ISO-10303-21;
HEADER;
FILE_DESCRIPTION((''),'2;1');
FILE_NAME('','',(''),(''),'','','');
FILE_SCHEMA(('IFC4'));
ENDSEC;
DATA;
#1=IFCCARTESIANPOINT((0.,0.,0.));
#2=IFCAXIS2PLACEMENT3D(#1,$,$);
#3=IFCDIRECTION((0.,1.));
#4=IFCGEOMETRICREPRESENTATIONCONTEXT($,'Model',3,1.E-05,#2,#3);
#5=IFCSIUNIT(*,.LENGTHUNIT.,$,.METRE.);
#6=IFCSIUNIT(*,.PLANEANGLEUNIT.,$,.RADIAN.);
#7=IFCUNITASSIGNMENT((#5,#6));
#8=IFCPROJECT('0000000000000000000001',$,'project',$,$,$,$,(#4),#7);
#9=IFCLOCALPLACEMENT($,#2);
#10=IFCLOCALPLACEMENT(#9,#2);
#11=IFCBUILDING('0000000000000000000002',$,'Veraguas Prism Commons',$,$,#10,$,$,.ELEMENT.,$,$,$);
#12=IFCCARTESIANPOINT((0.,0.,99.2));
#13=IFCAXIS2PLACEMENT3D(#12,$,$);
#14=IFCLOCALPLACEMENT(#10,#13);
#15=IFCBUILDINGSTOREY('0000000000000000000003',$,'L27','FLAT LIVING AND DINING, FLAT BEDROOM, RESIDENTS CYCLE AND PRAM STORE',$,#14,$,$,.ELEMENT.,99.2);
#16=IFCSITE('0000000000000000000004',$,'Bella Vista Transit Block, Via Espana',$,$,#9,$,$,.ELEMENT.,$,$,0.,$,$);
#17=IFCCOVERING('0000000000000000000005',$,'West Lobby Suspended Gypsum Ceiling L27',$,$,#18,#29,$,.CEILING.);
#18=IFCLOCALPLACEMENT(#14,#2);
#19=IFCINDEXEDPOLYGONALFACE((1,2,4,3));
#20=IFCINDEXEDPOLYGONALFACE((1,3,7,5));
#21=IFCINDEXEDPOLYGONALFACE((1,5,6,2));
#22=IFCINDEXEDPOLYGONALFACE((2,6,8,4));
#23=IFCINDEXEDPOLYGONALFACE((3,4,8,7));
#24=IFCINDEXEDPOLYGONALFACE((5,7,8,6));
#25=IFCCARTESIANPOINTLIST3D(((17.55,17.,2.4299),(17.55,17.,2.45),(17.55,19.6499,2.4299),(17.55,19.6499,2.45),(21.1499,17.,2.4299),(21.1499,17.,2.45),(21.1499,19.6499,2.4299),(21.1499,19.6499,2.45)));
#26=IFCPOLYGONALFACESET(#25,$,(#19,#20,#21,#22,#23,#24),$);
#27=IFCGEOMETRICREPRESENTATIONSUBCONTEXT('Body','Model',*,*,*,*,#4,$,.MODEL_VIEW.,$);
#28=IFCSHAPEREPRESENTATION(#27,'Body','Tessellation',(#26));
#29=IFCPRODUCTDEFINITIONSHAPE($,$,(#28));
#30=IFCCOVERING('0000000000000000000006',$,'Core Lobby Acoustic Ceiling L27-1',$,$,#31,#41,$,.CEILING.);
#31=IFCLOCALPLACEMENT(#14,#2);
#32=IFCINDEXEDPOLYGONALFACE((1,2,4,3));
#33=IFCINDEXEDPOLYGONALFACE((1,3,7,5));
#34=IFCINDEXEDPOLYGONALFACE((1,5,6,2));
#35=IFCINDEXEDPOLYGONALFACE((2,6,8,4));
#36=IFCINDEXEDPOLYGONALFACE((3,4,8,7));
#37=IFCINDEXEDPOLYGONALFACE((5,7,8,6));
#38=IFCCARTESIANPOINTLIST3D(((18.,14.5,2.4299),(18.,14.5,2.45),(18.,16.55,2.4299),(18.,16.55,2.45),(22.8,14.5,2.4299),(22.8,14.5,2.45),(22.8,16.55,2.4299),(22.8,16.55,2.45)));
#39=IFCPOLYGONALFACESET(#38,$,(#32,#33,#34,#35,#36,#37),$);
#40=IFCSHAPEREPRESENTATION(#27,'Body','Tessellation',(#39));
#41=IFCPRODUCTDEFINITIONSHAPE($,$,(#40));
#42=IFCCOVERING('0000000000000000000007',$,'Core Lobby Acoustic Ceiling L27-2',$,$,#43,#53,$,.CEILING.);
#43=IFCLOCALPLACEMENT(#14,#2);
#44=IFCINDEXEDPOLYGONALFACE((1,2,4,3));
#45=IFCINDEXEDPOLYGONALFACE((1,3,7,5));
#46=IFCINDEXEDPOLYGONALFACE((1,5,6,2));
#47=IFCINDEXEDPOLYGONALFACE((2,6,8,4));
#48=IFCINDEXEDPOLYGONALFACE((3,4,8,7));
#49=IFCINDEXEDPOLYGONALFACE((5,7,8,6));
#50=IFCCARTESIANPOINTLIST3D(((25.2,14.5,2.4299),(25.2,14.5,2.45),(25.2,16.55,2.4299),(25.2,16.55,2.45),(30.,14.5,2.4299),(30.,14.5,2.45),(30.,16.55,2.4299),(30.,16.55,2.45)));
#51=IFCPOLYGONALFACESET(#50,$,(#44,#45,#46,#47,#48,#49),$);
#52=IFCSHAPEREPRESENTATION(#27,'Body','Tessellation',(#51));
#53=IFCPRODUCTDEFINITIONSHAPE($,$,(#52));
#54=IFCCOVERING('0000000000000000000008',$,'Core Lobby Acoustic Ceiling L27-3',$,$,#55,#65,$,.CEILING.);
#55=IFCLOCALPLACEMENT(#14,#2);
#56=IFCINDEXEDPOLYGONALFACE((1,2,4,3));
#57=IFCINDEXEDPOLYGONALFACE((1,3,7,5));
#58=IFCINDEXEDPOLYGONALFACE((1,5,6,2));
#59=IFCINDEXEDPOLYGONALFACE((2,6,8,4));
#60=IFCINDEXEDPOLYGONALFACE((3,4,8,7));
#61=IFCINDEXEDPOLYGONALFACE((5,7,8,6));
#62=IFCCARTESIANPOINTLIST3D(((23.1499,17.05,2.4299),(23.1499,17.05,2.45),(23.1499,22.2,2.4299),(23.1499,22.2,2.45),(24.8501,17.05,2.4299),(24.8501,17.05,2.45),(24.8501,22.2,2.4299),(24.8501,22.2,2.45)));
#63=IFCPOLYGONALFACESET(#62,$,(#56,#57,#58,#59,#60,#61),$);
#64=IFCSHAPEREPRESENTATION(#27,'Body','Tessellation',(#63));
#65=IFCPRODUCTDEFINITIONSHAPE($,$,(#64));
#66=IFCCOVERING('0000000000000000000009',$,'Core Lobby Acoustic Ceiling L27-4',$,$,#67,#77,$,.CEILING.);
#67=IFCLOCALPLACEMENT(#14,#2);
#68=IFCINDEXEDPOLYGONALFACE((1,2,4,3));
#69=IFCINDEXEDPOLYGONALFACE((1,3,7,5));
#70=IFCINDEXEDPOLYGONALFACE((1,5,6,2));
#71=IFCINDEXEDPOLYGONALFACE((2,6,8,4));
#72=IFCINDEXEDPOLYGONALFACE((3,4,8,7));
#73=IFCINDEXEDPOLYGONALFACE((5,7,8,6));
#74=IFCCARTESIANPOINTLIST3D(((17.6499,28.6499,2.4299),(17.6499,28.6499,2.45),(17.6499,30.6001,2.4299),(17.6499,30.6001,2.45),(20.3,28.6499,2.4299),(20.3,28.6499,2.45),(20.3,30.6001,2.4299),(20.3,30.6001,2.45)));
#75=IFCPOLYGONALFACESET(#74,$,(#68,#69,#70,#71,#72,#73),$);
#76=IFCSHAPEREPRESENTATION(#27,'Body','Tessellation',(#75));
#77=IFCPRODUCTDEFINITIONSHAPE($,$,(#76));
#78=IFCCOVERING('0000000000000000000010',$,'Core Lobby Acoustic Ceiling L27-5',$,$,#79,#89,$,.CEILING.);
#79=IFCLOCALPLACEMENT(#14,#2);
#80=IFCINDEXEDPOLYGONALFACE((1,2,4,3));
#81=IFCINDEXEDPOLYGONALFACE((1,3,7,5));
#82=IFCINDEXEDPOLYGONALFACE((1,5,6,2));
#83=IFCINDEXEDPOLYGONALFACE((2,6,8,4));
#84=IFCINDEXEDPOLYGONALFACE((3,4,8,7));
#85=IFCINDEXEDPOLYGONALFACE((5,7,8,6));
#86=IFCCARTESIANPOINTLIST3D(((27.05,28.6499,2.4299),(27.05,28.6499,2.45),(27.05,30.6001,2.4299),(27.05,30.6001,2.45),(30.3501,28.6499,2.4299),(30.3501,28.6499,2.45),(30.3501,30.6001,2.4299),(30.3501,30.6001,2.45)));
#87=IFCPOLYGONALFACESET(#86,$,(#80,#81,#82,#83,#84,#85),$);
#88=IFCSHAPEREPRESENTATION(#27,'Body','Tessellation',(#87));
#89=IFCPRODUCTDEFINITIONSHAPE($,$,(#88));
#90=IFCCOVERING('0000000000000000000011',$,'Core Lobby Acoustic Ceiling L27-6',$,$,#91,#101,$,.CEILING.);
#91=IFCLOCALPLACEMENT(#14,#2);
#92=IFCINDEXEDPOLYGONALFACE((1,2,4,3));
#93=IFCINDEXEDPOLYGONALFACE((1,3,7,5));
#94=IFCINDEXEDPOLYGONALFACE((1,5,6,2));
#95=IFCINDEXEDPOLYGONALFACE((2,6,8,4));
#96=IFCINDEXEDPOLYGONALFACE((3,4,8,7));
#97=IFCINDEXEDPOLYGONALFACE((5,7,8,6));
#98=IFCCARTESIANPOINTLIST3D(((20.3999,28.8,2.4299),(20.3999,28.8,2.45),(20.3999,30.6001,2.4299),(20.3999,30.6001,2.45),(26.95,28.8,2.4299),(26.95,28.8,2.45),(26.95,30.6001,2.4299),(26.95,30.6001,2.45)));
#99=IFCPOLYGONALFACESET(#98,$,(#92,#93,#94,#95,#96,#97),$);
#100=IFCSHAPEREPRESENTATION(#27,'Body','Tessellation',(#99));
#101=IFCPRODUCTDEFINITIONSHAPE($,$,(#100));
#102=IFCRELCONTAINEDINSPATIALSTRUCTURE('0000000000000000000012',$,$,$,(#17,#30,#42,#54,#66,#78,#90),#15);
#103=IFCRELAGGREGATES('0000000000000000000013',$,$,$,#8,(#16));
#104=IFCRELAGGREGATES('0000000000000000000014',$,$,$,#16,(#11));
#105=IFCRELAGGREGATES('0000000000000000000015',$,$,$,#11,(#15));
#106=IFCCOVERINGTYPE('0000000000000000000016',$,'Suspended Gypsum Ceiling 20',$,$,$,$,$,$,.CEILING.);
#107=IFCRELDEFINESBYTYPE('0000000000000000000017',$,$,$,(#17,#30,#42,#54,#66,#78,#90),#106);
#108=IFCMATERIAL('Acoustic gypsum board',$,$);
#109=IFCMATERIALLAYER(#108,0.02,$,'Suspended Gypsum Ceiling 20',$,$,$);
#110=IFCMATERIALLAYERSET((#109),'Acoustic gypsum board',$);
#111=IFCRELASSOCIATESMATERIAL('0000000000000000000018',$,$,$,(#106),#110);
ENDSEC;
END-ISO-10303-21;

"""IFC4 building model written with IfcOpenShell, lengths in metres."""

from ifc_helpers import new_model, si_unit, direction, frame, origin, place, context, subcontext, project, spatial, polyline, outline, extrude, material, layer, layer_set, type_object, element, save


model = new_model("IFC4")

# Units and contexts
model_context = context("Model", 3, precision=1e-05, world=origin(), true_north=direction((0.0, 1.0)))
body_context = subcontext(model_context, "Body", "Model", "MODEL_VIEW")
ifc_project = project(units=[si_unit("LENGTHUNIT", "METRE"), si_unit("PLANEANGLEUNIT", "RADIAN")], contexts=[model_context])

# Site, building, storey
site_placement = place(None, origin())
site = spatial("IfcSite", under=ifc_project, at=site_placement, Name="Bella Vista Transit Block, Via Espana", CompositionType="ELEMENT", RefElevation=0.0)
building_placement = place(site_placement, origin())
building = spatial("IfcBuilding", under=site, at=building_placement, Name="Veraguas Prism Commons", CompositionType="ELEMENT")
storey_placement = place(building_placement, frame((0.0, 0.0, 99.2)))
storey = spatial("IfcBuildingStorey", under=building, at=storey_placement, Name="L27", Description="FLAT LIVING AND DINING, FLAT BEDROOM, RESIDENTS CYCLE AND PRAM STORE", CompositionType="ELEMENT", Elevation=99.2)

# Coverings
ifc_material_1 = material(Name="Acoustic gypsum board")
ifc_layer_1 = layer(ifc_material_1, 0.02, Name="Suspended Gypsum Ceiling 20")
ifc_layer_set_1 = layer_set([ifc_layer_1], Name="Acoustic gypsum board")
covering_type_1 = type_object("IfcCoveringType", Name="Suspended Gypsum Ceiling 20", PredefinedType="CEILING", material=ifc_layer_set_1)
covering_1_placement = place(storey_placement, frame((0.0, 0.0, 2.4299)))
element("IfcCovering", 1, at=covering_1_placement, inside=storey, type_object=covering_type_1, Name="West Lobby Suspended Gypsum Ceiling L27", PredefinedType="CEILING", context=body_context, shape_type="SweptSolid", body=[
    extrude(outline(polyline([(17.55, 17.0), (21.1499, 17.0), (21.1499, 19.6499), (17.55, 19.6499), (17.55, 17.0)])), origin(), (0.0, 0.0, 1.0), 0.02),
])
covering_2_placement = place(storey_placement, frame((0.0, 0.0, 2.4299)))
element("IfcCovering", 2, at=covering_2_placement, inside=storey, type_object=covering_type_1, Name="Core Lobby Acoustic Ceiling L27-1", PredefinedType="CEILING", context=body_context, shape_type="SweptSolid", body=[
    extrude(outline(polyline([(18.0, 14.5), (22.8, 14.5), (22.8, 16.55), (18.0, 16.55), (18.0, 14.5)])), origin(), (0.0, 0.0, 1.0), 0.02),
])
covering_3_placement = place(storey_placement, frame((0.0, 0.0, 2.4299)))
element("IfcCovering", 3, at=covering_3_placement, inside=storey, type_object=covering_type_1, Name="Core Lobby Acoustic Ceiling L27-2", PredefinedType="CEILING", context=body_context, shape_type="SweptSolid", body=[
    extrude(outline(polyline([(25.2, 14.5), (30.0, 14.5), (30.0, 16.55), (25.2, 16.55), (25.2, 14.5)])), origin(), (0.0, 0.0, 1.0), 0.02),
])
covering_4_placement = place(storey_placement, frame((0.0, 0.0, 2.4299)))
element("IfcCovering", 4, at=covering_4_placement, inside=storey, type_object=covering_type_1, Name="Core Lobby Acoustic Ceiling L27-3", PredefinedType="CEILING", context=body_context, shape_type="SweptSolid", body=[
    extrude(outline(polyline([(23.1499, 17.05), (24.8501, 17.05), (24.8501, 22.2), (23.1499, 22.2), (23.1499, 17.05)])), origin(), (0.0, 0.0, 1.0), 0.02),
])
covering_5_placement = place(storey_placement, frame((0.0, 0.0, 2.4299)))
element("IfcCovering", 5, at=covering_5_placement, inside=storey, type_object=covering_type_1, Name="Core Lobby Acoustic Ceiling L27-4", PredefinedType="CEILING", context=body_context, shape_type="SweptSolid", body=[
    extrude(outline(polyline([(17.6499, 28.6499), (20.3, 28.6499), (20.3, 30.6001), (17.6499, 30.6001), (17.6499, 28.6499)])), origin(), (0.0, 0.0, 1.0), 0.02),
])
covering_6_placement = place(storey_placement, frame((0.0, 0.0, 2.4299)))
element("IfcCovering", 6, at=covering_6_placement, inside=storey, type_object=covering_type_1, Name="Core Lobby Acoustic Ceiling L27-5", PredefinedType="CEILING", context=body_context, shape_type="SweptSolid", body=[
    extrude(outline(polyline([(27.05, 28.6499), (30.3501, 28.6499), (30.3501, 30.6001), (27.05, 30.6001), (27.05, 28.6499)])), origin(), (0.0, 0.0, 1.0), 0.02),
])
covering_7_placement = place(storey_placement, frame((0.0, 0.0, 2.4299)))
element("IfcCovering", 7, at=covering_7_placement, inside=storey, type_object=covering_type_1, Name="Core Lobby Acoustic Ceiling L27-6", PredefinedType="CEILING", context=body_context, shape_type="SweptSolid", body=[
    extrude(outline(polyline([(20.3999, 28.8), (26.95, 28.8), (26.95, 30.6001), (20.3999, 30.6001), (20.3999, 28.8)])), origin(), (0.0, 0.0, 1.0), 0.02),
])

save(model, "model.ifc")
